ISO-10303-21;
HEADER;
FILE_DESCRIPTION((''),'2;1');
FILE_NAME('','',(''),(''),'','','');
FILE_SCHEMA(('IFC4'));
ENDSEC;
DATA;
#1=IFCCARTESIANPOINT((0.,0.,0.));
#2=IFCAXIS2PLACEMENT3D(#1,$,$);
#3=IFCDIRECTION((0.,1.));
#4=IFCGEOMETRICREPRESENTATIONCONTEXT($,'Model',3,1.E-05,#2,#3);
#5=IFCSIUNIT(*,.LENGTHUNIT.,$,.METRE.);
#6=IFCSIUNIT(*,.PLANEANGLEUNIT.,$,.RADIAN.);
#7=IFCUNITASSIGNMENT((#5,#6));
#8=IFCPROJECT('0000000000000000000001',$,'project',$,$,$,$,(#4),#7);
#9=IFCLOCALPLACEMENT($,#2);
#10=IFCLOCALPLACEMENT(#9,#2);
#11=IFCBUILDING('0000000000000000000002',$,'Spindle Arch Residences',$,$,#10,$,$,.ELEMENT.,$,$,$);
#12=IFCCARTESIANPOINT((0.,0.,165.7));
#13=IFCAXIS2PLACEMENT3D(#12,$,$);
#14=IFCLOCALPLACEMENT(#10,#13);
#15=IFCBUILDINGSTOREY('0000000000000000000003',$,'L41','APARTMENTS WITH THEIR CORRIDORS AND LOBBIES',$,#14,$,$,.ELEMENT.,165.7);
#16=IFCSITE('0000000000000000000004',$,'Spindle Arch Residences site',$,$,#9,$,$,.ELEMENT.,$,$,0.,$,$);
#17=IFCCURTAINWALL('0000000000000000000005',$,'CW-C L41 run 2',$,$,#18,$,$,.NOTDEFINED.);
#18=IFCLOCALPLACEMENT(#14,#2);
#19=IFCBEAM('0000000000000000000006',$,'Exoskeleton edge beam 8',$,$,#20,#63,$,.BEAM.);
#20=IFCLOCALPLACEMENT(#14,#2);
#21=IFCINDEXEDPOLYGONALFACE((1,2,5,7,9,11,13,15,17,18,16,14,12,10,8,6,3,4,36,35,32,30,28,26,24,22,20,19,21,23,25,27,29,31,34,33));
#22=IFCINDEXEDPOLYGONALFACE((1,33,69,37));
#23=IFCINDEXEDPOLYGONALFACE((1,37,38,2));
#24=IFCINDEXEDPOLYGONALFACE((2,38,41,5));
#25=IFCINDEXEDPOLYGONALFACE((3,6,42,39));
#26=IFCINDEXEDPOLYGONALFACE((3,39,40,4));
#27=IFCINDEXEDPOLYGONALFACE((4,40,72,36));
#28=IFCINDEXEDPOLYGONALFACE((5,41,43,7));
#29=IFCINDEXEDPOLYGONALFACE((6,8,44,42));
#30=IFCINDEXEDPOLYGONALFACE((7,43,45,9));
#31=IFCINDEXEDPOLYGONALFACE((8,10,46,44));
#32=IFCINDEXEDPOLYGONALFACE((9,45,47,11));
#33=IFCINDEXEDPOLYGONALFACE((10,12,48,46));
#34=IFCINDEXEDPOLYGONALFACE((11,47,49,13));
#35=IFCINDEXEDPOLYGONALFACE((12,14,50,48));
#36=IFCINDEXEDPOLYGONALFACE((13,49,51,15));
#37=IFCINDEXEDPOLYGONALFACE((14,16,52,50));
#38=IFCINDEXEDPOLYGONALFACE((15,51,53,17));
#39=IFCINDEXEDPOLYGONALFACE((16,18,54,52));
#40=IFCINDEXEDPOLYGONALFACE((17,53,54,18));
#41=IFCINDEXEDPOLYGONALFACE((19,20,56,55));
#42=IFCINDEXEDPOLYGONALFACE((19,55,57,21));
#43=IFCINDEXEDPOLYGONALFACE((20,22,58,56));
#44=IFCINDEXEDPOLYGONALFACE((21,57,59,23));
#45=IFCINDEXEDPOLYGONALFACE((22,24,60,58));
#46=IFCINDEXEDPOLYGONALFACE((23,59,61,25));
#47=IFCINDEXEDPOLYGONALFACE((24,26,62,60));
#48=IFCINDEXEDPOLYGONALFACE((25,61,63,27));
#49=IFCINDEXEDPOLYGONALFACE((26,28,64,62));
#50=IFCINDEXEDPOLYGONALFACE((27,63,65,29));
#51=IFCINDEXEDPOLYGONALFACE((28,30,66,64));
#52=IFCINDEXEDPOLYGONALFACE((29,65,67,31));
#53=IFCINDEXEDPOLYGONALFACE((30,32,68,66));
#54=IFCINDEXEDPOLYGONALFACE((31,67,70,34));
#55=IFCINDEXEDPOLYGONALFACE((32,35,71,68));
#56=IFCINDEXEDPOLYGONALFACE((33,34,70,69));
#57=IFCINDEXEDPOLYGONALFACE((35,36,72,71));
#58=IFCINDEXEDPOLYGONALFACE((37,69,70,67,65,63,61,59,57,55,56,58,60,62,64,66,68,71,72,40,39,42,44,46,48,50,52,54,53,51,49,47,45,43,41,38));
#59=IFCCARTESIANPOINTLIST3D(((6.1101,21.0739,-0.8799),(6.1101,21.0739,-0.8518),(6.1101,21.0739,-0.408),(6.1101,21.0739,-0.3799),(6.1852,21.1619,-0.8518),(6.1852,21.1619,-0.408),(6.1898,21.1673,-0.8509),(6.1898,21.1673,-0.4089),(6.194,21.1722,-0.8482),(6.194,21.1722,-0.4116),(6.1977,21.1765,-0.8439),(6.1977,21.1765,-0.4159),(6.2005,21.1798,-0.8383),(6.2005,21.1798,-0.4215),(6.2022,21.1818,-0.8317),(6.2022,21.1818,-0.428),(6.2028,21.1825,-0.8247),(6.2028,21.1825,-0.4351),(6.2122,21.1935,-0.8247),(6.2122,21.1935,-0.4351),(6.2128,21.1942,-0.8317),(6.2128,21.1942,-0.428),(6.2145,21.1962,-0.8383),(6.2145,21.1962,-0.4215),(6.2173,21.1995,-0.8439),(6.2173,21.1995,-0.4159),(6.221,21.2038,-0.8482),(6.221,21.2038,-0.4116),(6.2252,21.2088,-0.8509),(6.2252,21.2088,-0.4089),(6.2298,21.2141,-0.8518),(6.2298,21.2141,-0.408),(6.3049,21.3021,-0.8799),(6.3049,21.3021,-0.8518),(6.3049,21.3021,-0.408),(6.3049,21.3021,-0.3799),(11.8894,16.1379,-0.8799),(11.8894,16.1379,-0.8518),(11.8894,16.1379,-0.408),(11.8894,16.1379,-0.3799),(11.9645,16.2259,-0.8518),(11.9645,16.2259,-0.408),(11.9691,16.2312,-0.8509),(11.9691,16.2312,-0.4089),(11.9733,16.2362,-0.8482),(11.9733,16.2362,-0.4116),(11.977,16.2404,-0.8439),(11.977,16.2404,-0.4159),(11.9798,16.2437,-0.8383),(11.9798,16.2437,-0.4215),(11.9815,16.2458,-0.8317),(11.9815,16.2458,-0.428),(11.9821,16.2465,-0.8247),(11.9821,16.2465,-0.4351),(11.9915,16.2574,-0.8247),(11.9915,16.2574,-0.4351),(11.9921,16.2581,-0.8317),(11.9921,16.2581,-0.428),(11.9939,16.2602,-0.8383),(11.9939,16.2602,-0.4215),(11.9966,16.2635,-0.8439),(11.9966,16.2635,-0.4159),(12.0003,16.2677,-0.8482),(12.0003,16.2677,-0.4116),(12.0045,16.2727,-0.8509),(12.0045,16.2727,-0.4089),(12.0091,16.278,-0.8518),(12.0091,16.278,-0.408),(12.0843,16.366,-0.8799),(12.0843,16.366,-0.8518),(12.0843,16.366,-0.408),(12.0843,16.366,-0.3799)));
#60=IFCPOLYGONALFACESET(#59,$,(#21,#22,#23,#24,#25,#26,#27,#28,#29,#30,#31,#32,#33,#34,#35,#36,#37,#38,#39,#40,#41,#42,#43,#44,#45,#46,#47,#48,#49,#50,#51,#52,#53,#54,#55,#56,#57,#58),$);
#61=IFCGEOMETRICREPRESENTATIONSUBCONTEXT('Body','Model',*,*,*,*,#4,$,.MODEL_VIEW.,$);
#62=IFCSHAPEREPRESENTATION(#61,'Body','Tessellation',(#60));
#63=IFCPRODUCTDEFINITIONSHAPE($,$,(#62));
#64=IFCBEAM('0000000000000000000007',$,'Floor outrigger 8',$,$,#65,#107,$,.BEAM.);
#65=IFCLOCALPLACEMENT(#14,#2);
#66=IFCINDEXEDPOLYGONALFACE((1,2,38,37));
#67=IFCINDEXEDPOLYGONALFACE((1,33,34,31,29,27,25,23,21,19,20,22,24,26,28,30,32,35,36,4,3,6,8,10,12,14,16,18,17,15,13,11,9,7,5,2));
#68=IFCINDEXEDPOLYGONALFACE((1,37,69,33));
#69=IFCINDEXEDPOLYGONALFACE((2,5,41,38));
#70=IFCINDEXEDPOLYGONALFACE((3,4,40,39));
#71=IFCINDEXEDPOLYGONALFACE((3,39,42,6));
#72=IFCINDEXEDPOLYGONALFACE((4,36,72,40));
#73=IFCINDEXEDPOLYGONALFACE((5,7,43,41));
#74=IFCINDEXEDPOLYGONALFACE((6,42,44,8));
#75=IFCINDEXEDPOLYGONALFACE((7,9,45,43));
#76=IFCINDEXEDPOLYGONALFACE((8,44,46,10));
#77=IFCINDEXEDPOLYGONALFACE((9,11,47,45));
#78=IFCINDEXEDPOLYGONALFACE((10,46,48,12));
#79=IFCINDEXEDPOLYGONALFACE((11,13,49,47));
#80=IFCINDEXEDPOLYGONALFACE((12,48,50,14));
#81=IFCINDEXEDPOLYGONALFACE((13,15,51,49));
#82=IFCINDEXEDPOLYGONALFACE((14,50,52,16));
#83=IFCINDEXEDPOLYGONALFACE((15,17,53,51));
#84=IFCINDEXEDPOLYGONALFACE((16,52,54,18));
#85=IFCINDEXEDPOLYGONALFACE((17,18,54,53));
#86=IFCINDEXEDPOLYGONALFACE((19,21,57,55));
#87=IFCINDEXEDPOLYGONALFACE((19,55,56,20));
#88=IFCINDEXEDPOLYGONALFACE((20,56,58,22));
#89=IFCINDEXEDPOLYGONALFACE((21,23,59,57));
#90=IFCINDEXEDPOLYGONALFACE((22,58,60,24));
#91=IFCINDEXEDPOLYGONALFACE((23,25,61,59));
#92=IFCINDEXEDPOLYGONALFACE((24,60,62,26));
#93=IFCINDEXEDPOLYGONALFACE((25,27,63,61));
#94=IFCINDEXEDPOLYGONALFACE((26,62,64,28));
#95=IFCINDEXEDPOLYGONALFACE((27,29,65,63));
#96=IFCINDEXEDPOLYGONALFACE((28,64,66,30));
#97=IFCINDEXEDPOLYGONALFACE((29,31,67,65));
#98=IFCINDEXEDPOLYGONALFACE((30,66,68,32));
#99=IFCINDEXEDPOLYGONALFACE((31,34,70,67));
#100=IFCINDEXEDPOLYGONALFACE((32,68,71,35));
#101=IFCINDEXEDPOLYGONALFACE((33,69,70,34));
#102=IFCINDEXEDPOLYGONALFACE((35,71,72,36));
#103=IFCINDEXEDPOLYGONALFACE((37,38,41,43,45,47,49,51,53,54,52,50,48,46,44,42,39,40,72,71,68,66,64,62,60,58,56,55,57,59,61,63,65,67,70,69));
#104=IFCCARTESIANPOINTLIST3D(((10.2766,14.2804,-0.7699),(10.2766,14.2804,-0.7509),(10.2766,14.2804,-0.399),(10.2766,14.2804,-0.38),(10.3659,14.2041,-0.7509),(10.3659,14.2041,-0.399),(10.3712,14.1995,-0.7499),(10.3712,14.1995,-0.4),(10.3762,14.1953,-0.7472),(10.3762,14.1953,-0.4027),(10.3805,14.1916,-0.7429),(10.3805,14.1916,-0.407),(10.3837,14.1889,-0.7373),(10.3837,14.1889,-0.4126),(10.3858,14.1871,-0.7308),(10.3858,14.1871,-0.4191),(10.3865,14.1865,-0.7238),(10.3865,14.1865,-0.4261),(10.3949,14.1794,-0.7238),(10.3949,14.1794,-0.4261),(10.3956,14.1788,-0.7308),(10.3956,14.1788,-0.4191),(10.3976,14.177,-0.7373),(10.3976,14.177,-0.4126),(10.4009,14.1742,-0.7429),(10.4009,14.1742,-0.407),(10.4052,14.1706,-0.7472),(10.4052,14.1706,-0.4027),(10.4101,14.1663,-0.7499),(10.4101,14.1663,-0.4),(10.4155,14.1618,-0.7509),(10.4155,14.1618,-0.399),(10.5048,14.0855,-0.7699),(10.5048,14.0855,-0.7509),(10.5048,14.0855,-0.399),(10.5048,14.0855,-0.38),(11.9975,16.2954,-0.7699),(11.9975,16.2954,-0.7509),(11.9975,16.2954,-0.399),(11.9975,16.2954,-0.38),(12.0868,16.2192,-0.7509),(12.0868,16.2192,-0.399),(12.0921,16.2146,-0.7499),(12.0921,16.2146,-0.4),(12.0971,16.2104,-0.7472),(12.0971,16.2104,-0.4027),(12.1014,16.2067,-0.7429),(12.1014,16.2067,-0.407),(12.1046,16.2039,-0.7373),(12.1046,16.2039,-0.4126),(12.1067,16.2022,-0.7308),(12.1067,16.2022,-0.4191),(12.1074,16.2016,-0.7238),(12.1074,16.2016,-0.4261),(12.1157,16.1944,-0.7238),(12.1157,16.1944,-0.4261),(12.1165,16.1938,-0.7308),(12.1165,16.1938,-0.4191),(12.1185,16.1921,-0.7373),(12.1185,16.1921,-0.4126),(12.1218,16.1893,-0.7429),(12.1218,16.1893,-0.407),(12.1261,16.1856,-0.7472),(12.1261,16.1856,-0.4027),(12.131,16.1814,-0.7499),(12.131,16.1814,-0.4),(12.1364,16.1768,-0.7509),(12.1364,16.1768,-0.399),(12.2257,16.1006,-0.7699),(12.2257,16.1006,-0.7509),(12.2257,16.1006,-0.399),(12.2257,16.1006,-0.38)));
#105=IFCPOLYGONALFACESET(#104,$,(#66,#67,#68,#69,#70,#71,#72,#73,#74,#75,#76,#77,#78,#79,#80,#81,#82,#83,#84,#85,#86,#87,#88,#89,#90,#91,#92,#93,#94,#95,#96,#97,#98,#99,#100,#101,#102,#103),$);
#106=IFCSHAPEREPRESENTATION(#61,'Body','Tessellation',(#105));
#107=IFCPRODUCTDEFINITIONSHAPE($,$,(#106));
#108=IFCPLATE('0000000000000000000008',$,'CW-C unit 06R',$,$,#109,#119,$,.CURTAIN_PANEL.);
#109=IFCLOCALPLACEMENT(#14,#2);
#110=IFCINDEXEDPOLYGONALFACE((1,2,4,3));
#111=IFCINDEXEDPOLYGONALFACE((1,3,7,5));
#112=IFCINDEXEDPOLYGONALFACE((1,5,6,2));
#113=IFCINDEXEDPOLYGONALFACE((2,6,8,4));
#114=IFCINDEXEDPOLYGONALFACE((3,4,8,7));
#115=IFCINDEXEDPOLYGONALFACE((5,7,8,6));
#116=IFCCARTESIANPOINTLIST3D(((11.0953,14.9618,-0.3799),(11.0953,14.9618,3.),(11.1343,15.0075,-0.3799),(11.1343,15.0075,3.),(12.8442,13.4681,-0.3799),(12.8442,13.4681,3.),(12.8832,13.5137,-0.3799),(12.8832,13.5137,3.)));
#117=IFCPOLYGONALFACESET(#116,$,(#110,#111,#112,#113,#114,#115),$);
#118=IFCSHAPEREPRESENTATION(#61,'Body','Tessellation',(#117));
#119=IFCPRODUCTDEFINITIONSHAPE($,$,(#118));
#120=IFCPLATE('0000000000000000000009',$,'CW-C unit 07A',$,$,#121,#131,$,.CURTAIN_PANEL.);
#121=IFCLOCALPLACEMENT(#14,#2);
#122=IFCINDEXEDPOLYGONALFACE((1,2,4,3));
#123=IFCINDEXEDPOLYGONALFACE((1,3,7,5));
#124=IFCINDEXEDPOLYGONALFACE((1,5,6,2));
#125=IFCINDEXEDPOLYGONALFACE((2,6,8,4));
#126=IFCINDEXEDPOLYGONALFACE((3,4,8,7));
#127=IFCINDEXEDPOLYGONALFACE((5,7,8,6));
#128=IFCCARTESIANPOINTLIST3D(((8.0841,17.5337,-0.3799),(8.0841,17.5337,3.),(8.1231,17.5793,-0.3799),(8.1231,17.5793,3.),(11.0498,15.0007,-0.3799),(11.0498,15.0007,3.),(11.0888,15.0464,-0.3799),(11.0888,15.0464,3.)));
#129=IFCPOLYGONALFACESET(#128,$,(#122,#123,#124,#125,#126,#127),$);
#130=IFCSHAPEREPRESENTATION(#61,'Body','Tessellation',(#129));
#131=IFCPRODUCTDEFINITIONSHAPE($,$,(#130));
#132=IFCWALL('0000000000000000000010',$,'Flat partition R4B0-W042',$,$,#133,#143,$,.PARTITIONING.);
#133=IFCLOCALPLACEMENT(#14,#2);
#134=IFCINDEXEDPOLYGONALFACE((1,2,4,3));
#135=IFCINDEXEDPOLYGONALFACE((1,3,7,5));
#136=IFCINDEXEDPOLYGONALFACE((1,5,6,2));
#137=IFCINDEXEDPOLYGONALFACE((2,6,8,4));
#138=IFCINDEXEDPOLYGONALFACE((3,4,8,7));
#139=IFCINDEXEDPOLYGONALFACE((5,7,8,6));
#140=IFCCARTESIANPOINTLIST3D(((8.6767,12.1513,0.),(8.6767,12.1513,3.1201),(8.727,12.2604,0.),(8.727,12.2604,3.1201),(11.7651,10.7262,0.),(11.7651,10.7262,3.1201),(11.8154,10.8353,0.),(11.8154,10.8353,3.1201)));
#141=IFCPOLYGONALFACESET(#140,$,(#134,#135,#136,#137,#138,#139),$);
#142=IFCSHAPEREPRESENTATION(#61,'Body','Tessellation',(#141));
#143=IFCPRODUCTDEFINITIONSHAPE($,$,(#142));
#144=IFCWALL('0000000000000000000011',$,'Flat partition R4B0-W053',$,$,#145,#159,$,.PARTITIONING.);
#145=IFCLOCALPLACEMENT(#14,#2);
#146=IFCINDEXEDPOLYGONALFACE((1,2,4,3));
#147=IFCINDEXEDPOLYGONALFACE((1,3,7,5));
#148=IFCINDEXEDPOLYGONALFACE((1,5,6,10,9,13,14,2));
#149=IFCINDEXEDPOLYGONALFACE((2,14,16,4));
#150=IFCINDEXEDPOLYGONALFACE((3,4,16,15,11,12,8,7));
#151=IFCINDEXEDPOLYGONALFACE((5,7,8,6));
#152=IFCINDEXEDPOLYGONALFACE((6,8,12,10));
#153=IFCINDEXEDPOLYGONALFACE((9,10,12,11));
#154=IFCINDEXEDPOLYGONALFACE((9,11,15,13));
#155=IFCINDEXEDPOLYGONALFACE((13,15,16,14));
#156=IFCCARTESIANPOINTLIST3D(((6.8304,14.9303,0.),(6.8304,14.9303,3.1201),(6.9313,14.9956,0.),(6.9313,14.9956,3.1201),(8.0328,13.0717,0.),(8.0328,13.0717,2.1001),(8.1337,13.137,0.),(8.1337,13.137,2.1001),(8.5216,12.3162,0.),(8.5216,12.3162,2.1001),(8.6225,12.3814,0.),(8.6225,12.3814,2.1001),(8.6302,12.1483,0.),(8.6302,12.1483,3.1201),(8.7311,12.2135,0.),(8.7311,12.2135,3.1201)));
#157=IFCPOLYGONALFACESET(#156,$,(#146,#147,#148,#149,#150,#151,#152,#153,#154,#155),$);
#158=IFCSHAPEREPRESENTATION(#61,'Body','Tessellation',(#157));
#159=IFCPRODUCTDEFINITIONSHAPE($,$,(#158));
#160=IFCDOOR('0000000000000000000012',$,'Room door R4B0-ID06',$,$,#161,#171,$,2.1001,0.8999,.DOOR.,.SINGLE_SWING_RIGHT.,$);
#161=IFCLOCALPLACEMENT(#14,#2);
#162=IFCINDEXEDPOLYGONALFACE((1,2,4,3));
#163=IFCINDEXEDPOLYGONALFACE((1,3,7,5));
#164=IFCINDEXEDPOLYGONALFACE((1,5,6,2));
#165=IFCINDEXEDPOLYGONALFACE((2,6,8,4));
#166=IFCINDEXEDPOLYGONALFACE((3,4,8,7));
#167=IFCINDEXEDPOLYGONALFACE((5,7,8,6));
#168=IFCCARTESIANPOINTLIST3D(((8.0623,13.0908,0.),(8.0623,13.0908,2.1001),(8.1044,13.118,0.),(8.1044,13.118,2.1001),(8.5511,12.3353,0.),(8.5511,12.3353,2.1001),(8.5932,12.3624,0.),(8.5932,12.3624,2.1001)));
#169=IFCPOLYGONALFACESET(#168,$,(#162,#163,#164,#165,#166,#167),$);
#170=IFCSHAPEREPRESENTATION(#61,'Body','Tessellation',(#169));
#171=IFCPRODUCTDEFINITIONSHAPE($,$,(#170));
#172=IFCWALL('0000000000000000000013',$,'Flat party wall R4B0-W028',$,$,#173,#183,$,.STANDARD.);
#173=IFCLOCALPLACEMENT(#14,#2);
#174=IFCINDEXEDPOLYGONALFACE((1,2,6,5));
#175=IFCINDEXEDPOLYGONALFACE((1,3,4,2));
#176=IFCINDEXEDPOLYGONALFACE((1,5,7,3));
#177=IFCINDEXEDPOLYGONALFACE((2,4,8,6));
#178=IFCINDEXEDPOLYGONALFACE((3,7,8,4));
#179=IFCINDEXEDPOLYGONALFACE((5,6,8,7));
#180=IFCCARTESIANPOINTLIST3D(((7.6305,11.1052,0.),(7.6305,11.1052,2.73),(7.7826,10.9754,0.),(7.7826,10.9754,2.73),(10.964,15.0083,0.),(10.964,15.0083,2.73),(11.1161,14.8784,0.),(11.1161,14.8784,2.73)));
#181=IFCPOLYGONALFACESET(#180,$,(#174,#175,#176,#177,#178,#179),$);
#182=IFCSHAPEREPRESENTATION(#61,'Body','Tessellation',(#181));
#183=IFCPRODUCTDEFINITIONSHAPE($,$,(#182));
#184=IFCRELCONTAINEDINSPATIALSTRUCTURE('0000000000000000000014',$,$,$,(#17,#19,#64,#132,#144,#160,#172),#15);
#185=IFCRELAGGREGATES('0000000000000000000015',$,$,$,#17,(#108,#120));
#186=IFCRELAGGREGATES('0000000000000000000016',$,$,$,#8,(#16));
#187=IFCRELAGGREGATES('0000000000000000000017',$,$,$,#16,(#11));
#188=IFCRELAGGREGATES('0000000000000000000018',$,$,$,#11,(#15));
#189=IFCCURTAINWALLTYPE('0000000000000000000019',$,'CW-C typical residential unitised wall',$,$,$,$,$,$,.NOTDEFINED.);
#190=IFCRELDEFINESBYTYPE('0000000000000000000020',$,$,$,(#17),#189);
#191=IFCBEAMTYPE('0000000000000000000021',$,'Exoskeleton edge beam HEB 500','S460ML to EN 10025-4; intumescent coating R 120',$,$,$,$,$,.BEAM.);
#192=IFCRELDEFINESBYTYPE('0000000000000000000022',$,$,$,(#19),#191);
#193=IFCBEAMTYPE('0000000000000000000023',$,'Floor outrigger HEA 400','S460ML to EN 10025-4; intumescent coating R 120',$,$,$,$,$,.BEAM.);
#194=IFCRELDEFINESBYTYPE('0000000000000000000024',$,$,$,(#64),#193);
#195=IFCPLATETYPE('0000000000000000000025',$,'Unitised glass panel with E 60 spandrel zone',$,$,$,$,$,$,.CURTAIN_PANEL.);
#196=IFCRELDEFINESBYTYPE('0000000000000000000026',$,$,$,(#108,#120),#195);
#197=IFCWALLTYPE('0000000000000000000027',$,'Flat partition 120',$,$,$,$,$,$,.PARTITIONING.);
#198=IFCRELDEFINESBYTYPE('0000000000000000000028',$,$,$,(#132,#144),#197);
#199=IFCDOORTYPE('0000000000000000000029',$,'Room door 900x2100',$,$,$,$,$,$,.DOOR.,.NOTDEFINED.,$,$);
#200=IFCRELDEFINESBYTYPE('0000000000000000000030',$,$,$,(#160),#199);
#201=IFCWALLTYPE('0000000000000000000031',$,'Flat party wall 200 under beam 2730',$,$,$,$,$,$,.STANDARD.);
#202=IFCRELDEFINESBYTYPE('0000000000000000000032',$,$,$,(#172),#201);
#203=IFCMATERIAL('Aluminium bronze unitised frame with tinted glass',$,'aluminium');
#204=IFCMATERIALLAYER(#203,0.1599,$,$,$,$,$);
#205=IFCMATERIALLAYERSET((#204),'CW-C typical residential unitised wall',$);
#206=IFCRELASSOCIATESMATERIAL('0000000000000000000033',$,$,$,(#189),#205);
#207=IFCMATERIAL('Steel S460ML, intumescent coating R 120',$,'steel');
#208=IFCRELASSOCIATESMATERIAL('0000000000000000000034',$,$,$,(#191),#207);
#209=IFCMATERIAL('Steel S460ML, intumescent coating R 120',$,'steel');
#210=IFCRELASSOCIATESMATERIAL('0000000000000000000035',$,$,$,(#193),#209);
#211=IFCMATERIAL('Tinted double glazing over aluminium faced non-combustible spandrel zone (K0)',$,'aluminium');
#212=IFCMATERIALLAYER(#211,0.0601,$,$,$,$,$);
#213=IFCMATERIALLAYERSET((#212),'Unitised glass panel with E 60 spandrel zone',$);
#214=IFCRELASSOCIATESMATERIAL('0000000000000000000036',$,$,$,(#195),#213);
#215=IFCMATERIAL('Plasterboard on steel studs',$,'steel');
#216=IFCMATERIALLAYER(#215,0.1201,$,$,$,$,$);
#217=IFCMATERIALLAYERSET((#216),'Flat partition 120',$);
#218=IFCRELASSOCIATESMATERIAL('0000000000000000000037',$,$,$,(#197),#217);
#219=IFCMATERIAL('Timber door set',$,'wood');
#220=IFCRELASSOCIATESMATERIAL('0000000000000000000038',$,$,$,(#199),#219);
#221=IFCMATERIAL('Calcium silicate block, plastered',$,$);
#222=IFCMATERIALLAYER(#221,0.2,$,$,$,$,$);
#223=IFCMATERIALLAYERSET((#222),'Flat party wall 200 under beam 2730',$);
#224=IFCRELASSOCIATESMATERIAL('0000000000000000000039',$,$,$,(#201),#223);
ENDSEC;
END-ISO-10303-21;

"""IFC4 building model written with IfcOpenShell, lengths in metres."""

from ifc_helpers import new_model, si_unit, direction, frame, frame_2d, origin, origin_2d, place, context, subcontext, project, spatial, rectangle, i_section, extrude, material, layer, layer_set, material_profile, profile_set, type_object, element, fill, aggregate, save


model = new_model("IFC4")

# Units and contexts
model_context = context("Model", 3, precision=1e-05, world=origin(), true_north=direction((0.0, 1.0)))
body_context = subcontext(model_context, "Body", "Model", "MODEL_VIEW")
ifc_project = project(units=[si_unit("LENGTHUNIT", "METRE"), si_unit("PLANEANGLEUNIT", "RADIAN")], contexts=[model_context])

# Site, building, storey
site_placement = place(None, origin())
site = spatial("IfcSite", under=ifc_project, at=site_placement, Name="Spindle Arch Residences site", CompositionType="ELEMENT", RefElevation=0.0)
building_placement = place(site_placement, origin())
building = spatial("IfcBuilding", under=site, at=building_placement, Name="Spindle Arch Residences", CompositionType="ELEMENT")
storey_placement = place(building_placement, frame((0.0, 0.0, 165.7)))
storey = spatial("IfcBuildingStorey", under=building, at=storey_placement, Name="L41", Description="APARTMENTS WITH THEIR CORRIDORS AND LOBBIES", CompositionType="ELEMENT", Elevation=165.7)

# Curtain wall
ifc_material_1 = material(Name="Aluminium bronze unitised frame with tinted glass", Category="aluminium")
ifc_layer_1 = layer(ifc_material_1, 0.1599)
ifc_layer_set_1 = layer_set([ifc_layer_1], Name="CW-C typical residential unitised wall")
curtain_wall_type = type_object("IfcCurtainWallType", Name="CW-C typical residential unitised wall", PredefinedType="NOTDEFINED", material=ifc_layer_set_1)
curtain_wall_placement = place(storey_placement, origin())
curtain_wall = element("IfcCurtainWall", 1, at=curtain_wall_placement, inside=storey, type_object=curtain_wall_type, Name="CW-C L41 run 2", PredefinedType="NOTDEFINED")

# Beams
ifc_material_2 = material(Name="Steel S460ML, intumescent coating R 120", Category="steel")
ifc_material_profile_1 = material_profile(ifc_material_2, i_section(OverallWidth=0.3, OverallDepth=0.5, WebThickness=0.0144, FlangeThickness=0.0281, FilletRadius=0.0271, at=origin_2d()), Name="HEB 500")
ifc_profile_set_1 = profile_set([ifc_material_profile_1], Name="Steel S460ML, intumescent coating R 120")
beam_type_1 = type_object("IfcBeamType", Name="Exoskeleton edge beam HEB 500", Description="S460ML to EN 10025-4; intumescent coating R 120", PredefinedType="BEAM", material=ifc_profile_set_1)
beam_1_placement = place(storey_placement, frame((11.9868, 16.252, -0.6299), z_axis=(-0.760403, 0.649452, 0.0), x_axis=(-0.649452, -0.760403, 0.0)))
element("IfcBeam", 2, at=beam_1_placement, inside=storey, type_object=beam_type_1, Name="Exoskeleton edge beam 8", PredefinedType="BEAM", context=body_context, shape_type="SweptSolid", body=[
    extrude(i_section(OverallWidth=0.3, OverallDepth=0.5, WebThickness=0.0144, FlangeThickness=0.0281, FilletRadius=0.0271, at=origin_2d()), origin(), (0.0, 0.0, 1.0), 7.6003),
])
ifc_material_3 = material(Name="Steel S460ML, intumescent coating R 120", Category="steel")
ifc_material_profile_2 = material_profile(ifc_material_3, i_section(OverallWidth=0.3, OverallDepth=0.3899, WebThickness=0.011, FlangeThickness=0.019, FilletRadius=0.0271, at=origin_2d()), Name="HEA 400")
ifc_profile_set_2 = profile_set([ifc_material_profile_2], Name="Steel S460ML, intumescent coating R 120")
beam_type_2 = type_object("IfcBeamType", Name="Floor outrigger HEA 400", Description="S460ML to EN 10025-4; intumescent coating R 120", PredefinedType="BEAM", material=ifc_profile_set_2)
beam_2_placement = place(storey_placement, frame((12.1116, 16.198, -0.575), z_axis=(-0.649417, -0.760432, 0.0), x_axis=(0.760432, -0.649417, 0.0)))
element("IfcBeam", 3, at=beam_2_placement, inside=storey, type_object=beam_type_2, Name="Floor outrigger 8", PredefinedType="BEAM", context=body_context, shape_type="SweptSolid", body=[
    extrude(i_section(OverallWidth=0.3, OverallDepth=0.3899, WebThickness=0.011, FlangeThickness=0.019, FilletRadius=0.0271, at=origin_2d()), origin(), (0.0, 0.0, 1.0), 2.6499),
])

# Plates
ifc_material_4 = material(Name="Tinted double glazing over aluminium faced non-combustible spandrel zone (K0)", Category="aluminium")
ifc_layer_2 = layer(ifc_material_4, 0.0601)
ifc_layer_set_2 = layer_set([ifc_layer_2], Name="Unitised glass panel with E 60 spandrel zone")
plate_type = type_object("IfcPlateType", Name="Unitised glass panel with E 60 spandrel zone", PredefinedType="CURTAIN_PANEL", material=ifc_layer_set_2)
plate_1_placement = place(storey_placement, frame((11.9893, 14.2378, -0.3799), z_axis=(0.0, 0.0, 1.0), x_axis=(-0.760406, 0.649448, 0.0)))
plate_1 = element("IfcPlate", 4, at=plate_1_placement, type_object=plate_type, Name="CW-C unit 06R", PredefinedType="CURTAIN_PANEL", context=body_context, shape_type="SweptSolid", body=[
    extrude(rectangle(XDim=2.3, YDim=0.0601, at=origin_2d()), origin(), (0.0, 0.0, 1.0), 3.3799),
])
plate_2_placement = place(storey_placement, frame((9.5864, 16.29, -0.3799), z_axis=(0.0, 0.0, 1.0), x_axis=(-0.760406, 0.649448, 0.0)))
plate_2 = element("IfcPlate", 5, at=plate_2_placement, type_object=plate_type, Name="CW-C unit 07A", PredefinedType="CURTAIN_PANEL", context=body_context, shape_type="SweptSolid", body=[
    extrude(rectangle(XDim=3.9001, YDim=0.0601, at=origin_2d()), origin(), (0.0, 0.0, 1.0), 3.3799),
])
aggregate(curtain_wall, [plate_1, plate_2])

# Wall
ifc_material_5 = material(Name="Plasterboard on steel studs", Category="steel")
ifc_layer_3 = layer(ifc_material_5, 0.1201)
ifc_layer_set_3 = layer_set([ifc_layer_3], Name="Flat partition 120")
wall_type_1 = type_object("IfcWallType", Name="Flat partition 120", PredefinedType="PARTITIONING", material=ifc_layer_set_3)
wall_1_placement = place(storey_placement, frame((11.7903, 10.7808, 0.0), z_axis=(0.0, 0.0, 1.0), x_axis=(-0.907999, 0.418972, 0.0)))
element("IfcWall", 6, at=wall_1_placement, inside=storey, type_object=wall_type_1, Name="Flat partition R4B0-W042", PredefinedType="PARTITIONING", context=body_context, shape_type="SweptSolid", body=[
    extrude(rectangle(XDim=3.4014, YDim=0.1201, at=frame_2d((1.7007, 0.0))), origin(), (0.0, 0.0, 1.0), 3.1201),
])

# Wall, opening, door
wall_2_placement = place(storey_placement, frame((8.6807, 12.1809, 0.0), z_axis=(0.0, 0.0, 1.0), x_axis=(-0.543187, 0.839612, 0.0)))
wall_2 = element("IfcWall", 7, at=wall_2_placement, inside=storey, type_object=wall_type_1, Name="Flat partition R4B0-W053", PredefinedType="PARTITIONING", context=body_context, shape_type="SweptSolid", body=[
    extrude(rectangle(XDim=3.3135, YDim=0.1201, at=frame_2d((1.6567, 0.0))), origin(), (0.0, 0.0, 1.0), 3.1201),
])
opening_1_placement = place(wall_2_placement, frame((0.2, 0.0, 0.0)))
opening_1 = element("IfcOpeningElement", 8, at=opening_1_placement, cuts=wall_2, PredefinedType="OPENING", context=body_context, shape_type="SweptSolid", body=[
    extrude(rectangle(XDim=0.8999, YDim=2.1001, at=frame_2d((0.45, 1.05))), frame((0.0, 0.0701, 0.0), z_axis=(0.0, -1.0, 0.0), x_axis=(1.0, 0.0, 0.0)), (0.0, 0.0, 1.0), 0.1401),
])
ifc_material_6 = material(Name="Timber door set", Category="wood")
door_type_1 = type_object("IfcDoorType", Name="Room door 900x2100", OperationType="NOTDEFINED", PredefinedType="DOOR", material=ifc_material_6)
door_1_placement = place(opening_1_placement, origin())
door_1 = element("IfcDoor", 9, at=door_1_placement, inside=storey, type_object=door_type_1, Name="Room door R4B0-ID06", OperationType="SINGLE_SWING_RIGHT", OverallHeight=2.1001, OverallWidth=0.8999, PredefinedType="DOOR", context=body_context, shape_type="SweptSolid", body=[
    extrude(rectangle(XDim=0.8999, YDim=2.1001, at=frame_2d((0.45, 1.05))), frame((0.0, 0.0249, 0.0), z_axis=(0.0, -1.0, 0.0), x_axis=(1.0, 0.0, 0.0)), (0.0, 0.0, 1.0), 0.05),
])
fill(opening_1, door_1)

# Wall
ifc_material_7 = material(Name="Calcium silicate block, plastered")
ifc_layer_4 = layer(ifc_material_7, 0.2)
ifc_layer_set_4 = layer_set([ifc_layer_4], Name="Flat party wall 200 under beam 2730")
wall_type_2 = type_object("IfcWallType", Name="Flat party wall 200 under beam 2730", PredefinedType="STANDARD", material=ifc_layer_set_4)
wall_3_placement = place(storey_placement, frame((11.04, 14.9434, 0.0), z_axis=(0.0, 0.0, 1.0), x_axis=(-0.649443, -0.76041, 0.0)))
element("IfcWall", 10, at=wall_3_placement, inside=storey, type_object=wall_type_2, Name="Flat party wall R4B0-W028", PredefinedType="STANDARD", context=body_context, shape_type="SweptSolid", body=[
    extrude(rectangle(XDim=5.1328, YDim=0.2, at=frame_2d((2.5664, 0.0))), origin(), (0.0, 0.0, 1.0), 2.73),
])

save(model, "model.ifc")
